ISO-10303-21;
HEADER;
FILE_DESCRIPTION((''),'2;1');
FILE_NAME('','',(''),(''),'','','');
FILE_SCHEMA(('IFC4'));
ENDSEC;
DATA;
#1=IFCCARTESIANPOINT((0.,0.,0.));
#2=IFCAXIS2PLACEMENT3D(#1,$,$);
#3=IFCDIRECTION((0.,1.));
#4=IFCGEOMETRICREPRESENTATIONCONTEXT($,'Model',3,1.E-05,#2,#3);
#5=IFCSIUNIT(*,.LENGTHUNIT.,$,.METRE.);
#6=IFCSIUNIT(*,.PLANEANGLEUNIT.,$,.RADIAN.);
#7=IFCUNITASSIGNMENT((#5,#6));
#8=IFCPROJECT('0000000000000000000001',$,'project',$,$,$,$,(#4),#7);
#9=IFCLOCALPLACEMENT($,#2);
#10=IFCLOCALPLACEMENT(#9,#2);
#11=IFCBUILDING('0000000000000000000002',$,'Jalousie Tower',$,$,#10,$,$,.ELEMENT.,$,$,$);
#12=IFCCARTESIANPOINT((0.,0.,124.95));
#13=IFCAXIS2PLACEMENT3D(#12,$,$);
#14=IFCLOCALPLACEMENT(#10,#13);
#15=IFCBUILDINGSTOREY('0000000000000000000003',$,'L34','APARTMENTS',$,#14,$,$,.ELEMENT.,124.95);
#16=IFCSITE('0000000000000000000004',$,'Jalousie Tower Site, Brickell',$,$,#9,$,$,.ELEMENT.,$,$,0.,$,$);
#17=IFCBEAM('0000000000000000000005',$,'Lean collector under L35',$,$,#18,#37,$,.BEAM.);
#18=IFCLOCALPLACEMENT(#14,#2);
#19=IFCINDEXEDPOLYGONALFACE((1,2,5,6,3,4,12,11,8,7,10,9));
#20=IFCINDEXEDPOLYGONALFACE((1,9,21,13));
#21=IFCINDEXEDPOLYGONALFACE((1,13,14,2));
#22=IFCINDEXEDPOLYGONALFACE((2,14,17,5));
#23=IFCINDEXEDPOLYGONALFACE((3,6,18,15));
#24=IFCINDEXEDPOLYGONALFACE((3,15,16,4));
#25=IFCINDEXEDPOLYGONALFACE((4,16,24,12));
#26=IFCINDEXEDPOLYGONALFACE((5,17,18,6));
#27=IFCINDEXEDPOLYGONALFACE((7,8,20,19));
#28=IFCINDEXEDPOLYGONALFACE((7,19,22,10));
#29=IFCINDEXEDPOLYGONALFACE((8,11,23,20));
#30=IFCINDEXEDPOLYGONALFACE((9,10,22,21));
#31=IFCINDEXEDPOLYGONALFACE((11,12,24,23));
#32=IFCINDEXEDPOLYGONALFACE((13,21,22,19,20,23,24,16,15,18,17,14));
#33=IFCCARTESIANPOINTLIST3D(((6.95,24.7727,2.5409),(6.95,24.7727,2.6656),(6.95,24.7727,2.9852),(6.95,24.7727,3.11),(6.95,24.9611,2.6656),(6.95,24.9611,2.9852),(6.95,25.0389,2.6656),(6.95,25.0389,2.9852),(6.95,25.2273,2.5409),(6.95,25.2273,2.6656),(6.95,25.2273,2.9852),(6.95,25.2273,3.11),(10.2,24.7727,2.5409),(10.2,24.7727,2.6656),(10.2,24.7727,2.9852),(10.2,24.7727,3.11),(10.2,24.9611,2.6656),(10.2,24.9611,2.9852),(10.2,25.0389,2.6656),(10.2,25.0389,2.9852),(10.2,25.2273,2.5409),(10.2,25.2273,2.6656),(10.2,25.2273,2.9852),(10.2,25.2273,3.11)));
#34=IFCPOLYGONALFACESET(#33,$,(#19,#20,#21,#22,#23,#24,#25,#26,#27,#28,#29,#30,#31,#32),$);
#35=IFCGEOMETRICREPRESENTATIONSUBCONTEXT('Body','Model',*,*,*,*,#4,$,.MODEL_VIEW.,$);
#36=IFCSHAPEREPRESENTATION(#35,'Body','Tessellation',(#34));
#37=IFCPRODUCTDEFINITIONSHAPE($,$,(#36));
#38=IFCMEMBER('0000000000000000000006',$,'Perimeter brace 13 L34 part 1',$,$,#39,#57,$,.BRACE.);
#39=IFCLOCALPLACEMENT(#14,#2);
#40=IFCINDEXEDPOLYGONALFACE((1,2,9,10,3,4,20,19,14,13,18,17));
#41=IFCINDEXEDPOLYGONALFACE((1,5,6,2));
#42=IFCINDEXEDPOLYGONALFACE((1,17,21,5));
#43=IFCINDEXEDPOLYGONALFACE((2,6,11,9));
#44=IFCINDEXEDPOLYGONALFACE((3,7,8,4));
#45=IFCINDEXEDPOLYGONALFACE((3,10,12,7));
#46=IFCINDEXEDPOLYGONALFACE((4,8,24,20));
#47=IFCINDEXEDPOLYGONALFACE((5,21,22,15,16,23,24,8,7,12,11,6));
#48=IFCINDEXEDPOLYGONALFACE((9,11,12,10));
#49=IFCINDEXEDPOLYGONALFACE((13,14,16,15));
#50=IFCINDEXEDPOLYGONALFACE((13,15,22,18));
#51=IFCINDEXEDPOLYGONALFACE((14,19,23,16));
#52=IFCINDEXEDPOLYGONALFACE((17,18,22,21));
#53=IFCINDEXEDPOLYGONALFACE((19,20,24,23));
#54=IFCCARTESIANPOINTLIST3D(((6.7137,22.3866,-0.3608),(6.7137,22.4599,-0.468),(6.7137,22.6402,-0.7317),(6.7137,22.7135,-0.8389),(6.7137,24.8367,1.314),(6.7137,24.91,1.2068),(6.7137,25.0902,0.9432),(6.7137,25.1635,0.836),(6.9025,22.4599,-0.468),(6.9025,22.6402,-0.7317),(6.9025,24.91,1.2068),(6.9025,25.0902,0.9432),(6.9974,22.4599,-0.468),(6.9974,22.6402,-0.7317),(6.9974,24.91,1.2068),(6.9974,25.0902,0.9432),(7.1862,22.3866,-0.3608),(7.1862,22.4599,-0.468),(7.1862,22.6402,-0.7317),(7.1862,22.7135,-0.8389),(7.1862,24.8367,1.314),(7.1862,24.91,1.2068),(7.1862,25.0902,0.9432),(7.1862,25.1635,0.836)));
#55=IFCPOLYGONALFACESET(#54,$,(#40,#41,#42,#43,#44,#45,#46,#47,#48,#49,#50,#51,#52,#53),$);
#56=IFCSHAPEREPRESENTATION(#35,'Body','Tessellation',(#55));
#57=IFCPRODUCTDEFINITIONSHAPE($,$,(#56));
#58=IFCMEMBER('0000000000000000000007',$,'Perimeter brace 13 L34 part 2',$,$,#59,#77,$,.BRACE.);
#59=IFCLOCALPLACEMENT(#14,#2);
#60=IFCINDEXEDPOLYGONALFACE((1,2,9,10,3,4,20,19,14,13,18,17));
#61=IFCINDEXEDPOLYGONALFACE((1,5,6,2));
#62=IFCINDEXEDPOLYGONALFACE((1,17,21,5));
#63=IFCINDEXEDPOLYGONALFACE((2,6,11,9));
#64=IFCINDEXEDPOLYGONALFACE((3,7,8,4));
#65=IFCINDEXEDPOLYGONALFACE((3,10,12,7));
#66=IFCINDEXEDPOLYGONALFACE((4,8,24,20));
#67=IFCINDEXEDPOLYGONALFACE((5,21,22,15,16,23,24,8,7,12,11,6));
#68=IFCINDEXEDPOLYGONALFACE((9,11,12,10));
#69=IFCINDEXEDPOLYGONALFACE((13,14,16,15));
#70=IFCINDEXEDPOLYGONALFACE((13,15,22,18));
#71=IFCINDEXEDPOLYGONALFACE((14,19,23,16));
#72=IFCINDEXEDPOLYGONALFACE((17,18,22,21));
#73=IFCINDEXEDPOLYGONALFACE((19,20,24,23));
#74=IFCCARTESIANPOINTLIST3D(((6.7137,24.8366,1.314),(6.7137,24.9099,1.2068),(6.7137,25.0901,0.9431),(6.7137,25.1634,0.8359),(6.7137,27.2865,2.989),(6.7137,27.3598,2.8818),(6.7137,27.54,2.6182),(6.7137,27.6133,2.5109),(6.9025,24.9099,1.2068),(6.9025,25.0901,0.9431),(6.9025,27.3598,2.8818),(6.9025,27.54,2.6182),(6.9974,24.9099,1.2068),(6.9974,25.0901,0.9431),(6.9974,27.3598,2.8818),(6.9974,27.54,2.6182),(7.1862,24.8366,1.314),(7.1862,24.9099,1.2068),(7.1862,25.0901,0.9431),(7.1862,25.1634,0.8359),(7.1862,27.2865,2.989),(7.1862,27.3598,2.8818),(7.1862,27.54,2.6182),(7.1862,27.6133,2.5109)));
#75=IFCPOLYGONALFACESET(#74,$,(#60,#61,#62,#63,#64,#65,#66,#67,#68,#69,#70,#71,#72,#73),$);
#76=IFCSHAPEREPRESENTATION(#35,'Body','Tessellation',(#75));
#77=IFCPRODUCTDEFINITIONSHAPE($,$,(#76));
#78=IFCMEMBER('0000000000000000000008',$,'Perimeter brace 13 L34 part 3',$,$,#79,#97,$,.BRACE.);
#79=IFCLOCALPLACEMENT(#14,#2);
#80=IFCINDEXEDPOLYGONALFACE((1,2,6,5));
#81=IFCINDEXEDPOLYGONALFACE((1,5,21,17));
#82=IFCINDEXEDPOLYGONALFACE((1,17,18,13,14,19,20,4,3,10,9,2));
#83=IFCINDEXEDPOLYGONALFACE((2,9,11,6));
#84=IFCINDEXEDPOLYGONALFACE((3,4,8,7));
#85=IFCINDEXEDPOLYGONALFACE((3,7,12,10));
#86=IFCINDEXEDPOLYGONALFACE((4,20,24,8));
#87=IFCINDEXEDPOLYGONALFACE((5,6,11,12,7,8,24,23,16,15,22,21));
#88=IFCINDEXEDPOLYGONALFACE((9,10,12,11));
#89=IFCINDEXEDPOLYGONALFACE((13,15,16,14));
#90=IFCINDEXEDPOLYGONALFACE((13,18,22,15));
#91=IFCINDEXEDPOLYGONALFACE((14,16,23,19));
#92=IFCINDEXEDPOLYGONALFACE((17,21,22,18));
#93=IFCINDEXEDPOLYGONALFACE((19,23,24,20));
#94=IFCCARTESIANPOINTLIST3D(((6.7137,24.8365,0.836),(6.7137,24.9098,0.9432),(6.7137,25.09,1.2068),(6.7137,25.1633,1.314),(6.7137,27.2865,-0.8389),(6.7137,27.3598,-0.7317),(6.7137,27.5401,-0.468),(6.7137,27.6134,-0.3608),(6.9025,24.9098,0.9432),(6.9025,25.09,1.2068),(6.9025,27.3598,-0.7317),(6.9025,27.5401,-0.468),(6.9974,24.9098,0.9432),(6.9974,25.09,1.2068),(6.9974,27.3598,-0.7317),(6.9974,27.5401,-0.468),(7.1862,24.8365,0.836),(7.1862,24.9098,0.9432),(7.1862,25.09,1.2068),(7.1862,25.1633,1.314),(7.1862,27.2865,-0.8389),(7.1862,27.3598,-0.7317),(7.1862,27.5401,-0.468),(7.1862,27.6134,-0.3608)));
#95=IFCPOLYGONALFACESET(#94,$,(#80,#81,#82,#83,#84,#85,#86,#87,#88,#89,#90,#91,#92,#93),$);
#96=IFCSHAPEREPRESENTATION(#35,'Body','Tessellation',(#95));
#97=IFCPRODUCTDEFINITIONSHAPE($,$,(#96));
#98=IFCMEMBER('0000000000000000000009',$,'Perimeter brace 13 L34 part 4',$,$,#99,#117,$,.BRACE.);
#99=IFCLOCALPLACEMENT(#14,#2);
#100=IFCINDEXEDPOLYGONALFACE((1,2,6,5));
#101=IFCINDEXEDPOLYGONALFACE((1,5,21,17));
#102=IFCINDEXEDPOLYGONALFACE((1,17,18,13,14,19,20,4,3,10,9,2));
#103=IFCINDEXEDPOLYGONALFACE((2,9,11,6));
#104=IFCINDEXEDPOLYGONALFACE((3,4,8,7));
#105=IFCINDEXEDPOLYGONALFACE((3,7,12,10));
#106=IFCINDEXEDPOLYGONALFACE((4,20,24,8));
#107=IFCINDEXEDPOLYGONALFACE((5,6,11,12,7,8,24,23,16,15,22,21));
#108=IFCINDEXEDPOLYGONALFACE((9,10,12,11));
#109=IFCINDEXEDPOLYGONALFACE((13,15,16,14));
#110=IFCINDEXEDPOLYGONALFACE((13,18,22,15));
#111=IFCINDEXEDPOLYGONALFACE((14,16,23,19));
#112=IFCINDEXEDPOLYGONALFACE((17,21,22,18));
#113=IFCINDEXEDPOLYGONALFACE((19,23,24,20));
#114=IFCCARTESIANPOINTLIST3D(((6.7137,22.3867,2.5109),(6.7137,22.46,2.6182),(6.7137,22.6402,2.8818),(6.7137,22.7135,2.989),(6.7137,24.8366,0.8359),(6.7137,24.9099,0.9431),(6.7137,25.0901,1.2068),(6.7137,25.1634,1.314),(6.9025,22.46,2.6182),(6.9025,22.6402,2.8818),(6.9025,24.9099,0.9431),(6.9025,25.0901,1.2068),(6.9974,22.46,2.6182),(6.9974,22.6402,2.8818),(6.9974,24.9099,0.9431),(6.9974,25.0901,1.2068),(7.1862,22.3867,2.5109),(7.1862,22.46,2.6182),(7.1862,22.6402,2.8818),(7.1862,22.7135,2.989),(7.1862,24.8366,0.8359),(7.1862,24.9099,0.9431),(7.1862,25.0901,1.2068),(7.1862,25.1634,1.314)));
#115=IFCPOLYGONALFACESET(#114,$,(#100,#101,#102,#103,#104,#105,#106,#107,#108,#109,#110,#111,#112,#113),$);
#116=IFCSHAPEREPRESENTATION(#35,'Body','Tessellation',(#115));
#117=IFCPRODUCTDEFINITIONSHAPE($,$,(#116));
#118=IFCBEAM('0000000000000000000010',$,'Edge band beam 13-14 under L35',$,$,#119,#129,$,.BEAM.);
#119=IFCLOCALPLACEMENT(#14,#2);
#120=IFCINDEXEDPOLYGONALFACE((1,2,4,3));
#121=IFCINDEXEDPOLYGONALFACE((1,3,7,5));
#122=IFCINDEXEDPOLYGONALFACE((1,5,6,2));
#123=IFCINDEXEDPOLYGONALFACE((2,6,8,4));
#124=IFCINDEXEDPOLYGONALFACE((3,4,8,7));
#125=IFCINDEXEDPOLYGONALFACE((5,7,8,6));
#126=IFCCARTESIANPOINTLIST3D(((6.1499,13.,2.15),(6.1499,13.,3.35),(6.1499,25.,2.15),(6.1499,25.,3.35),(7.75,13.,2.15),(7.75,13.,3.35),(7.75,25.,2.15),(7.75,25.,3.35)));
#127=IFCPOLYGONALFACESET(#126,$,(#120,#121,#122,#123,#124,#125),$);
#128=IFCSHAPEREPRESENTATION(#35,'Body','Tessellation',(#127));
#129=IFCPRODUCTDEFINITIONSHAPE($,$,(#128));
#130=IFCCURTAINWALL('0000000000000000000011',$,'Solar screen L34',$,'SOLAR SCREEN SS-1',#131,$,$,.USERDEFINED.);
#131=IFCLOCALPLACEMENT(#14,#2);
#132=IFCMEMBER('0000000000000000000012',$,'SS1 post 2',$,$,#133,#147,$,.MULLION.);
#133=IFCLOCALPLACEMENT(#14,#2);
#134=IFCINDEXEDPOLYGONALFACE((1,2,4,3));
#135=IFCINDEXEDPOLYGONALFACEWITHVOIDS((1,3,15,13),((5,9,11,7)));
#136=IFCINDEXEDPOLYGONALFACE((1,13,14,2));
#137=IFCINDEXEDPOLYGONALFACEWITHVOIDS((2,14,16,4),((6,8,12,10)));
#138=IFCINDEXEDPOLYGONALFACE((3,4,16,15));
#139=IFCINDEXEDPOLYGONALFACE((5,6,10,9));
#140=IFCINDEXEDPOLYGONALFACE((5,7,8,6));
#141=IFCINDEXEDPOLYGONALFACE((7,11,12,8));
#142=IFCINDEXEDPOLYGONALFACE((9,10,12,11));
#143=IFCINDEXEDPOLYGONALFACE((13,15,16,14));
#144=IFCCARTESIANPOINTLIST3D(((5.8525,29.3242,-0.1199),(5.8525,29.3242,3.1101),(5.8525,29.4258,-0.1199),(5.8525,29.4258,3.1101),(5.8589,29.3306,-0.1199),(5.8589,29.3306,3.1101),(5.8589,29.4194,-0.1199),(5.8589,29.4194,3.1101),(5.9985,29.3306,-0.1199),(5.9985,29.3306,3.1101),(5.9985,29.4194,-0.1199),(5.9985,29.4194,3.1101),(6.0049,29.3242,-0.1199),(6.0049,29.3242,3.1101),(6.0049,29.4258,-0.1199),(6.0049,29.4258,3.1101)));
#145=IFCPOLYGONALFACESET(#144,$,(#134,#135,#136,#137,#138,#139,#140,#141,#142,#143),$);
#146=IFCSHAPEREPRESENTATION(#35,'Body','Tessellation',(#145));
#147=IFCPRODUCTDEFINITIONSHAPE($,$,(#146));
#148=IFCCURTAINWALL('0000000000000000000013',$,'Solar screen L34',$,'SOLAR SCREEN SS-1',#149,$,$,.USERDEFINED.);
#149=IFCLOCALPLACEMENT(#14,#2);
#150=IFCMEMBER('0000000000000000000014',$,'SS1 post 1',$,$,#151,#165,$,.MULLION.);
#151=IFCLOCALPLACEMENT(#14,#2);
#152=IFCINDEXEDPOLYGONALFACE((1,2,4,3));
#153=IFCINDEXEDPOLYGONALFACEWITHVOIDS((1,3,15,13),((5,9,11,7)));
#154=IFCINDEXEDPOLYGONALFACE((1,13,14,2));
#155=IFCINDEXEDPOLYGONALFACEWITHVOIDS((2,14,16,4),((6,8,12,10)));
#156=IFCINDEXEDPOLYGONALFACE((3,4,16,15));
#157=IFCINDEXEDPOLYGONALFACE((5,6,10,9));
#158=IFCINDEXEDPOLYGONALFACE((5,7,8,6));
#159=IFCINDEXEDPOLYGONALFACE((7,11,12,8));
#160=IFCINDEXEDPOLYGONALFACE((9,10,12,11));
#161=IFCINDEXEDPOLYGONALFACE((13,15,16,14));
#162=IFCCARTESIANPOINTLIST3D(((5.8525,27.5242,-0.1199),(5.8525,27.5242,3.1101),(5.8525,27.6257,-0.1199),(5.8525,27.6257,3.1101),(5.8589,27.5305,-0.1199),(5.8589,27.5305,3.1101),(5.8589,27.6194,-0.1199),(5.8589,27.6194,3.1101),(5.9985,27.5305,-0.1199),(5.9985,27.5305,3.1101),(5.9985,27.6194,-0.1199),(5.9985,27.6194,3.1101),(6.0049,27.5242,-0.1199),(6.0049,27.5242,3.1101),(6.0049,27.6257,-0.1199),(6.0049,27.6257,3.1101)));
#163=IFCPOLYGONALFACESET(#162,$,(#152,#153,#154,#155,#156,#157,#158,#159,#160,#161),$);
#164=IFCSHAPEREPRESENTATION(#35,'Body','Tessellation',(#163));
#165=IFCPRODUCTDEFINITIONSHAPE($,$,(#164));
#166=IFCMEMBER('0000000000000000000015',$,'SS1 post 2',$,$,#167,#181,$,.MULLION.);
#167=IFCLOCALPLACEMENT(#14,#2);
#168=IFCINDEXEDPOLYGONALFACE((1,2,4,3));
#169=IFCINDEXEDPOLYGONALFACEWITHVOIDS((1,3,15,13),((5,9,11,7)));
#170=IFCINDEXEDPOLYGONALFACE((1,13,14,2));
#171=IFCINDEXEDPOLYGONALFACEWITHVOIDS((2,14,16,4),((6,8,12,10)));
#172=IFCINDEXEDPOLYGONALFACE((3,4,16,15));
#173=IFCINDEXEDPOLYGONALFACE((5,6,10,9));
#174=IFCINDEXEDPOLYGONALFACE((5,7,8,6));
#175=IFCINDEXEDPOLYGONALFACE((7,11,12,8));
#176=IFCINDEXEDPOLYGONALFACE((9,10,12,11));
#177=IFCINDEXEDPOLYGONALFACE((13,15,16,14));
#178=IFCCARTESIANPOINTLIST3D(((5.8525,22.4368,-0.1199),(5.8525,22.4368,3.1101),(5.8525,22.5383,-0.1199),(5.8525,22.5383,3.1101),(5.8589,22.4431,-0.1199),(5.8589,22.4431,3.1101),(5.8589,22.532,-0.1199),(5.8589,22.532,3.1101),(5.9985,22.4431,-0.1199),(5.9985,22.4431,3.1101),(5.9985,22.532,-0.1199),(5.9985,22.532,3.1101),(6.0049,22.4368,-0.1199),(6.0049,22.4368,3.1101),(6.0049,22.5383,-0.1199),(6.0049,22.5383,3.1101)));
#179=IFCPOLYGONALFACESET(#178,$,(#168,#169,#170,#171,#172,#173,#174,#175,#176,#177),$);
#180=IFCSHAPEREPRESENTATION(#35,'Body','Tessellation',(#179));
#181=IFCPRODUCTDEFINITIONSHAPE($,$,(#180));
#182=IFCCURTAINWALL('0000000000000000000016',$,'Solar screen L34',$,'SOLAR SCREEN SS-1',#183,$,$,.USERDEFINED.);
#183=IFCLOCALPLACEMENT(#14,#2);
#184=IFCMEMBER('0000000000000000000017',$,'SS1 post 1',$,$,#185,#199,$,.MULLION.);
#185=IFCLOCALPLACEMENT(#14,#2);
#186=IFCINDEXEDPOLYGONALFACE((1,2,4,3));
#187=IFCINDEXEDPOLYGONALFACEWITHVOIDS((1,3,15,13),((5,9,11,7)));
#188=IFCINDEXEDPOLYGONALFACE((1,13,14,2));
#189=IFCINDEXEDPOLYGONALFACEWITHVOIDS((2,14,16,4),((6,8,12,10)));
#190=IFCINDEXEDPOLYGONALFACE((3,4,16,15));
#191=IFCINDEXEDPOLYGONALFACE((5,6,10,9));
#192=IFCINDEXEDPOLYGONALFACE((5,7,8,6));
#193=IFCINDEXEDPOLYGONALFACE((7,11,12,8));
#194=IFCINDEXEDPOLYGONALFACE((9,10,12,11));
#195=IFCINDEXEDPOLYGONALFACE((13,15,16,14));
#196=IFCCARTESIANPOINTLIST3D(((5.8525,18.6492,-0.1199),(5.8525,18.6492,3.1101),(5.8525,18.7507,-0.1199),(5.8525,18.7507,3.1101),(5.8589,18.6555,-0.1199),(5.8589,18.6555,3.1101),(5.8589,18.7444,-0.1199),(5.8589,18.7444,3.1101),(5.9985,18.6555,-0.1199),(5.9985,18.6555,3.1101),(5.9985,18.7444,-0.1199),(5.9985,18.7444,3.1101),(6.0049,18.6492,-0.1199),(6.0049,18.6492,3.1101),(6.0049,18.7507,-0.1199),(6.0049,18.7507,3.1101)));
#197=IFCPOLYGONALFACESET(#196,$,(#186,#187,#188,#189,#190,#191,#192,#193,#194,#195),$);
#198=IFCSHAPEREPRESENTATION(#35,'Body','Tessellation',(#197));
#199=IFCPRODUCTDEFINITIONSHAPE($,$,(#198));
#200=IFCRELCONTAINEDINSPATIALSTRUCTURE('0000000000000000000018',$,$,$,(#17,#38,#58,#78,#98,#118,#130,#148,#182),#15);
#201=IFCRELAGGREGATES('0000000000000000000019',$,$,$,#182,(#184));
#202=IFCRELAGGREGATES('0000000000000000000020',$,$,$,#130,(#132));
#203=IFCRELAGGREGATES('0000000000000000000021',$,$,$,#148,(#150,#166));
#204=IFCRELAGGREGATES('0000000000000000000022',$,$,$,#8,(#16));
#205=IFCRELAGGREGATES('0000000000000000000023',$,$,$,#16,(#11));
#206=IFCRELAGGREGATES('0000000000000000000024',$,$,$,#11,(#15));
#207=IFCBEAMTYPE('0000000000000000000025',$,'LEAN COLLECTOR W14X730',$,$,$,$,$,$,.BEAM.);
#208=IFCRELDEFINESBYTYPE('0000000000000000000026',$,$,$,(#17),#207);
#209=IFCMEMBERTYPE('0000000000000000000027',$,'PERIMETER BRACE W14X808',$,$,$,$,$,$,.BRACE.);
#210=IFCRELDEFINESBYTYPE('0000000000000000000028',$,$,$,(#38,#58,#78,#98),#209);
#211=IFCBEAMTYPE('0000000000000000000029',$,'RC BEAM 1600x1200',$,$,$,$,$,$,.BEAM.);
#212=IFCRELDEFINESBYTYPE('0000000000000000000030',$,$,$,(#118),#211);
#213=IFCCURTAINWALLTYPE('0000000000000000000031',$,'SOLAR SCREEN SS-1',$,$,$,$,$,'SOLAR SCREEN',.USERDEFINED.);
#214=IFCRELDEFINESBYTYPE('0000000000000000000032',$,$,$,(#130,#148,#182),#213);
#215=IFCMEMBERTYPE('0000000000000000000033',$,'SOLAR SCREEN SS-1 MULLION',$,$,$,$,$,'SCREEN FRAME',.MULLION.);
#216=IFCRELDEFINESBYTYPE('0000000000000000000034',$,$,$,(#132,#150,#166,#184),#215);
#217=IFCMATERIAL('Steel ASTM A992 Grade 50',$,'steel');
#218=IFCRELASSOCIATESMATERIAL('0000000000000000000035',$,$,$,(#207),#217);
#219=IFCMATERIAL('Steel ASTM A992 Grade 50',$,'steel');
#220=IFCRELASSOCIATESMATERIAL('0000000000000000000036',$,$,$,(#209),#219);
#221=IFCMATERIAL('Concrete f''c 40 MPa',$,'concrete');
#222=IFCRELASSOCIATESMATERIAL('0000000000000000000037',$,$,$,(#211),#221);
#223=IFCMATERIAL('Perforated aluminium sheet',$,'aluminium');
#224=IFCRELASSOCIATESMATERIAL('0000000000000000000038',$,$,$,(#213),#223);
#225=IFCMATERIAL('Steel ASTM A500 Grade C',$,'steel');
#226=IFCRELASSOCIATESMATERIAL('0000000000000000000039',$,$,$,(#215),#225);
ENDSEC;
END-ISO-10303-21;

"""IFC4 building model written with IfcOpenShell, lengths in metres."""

from ifc_helpers import new_model, si_unit, direction, frame, origin, origin_2d, place, context, subcontext, project, spatial, rectangle, hollow_rectangle, i_section, extrude, material, material_profile, profile_set, type_object, element, aggregate, save


model = new_model("IFC4")

# Units and contexts
model_context = context("Model", 3, precision=1e-05, world=origin(), true_north=direction((0.0, 1.0)))
body_context = subcontext(model_context, "Body", "Model", "MODEL_VIEW")
ifc_project = project(units=[si_unit("LENGTHUNIT", "METRE"), si_unit("PLANEANGLEUNIT", "RADIAN")], contexts=[model_context])

# Site, building, storey
site_placement = place(None, origin())
site = spatial("IfcSite", under=ifc_project, at=site_placement, Name="Jalousie Tower Site, Brickell", CompositionType="ELEMENT", RefElevation=0.0)
building_placement = place(site_placement, origin())
building = spatial("IfcBuilding", under=site, at=building_placement, Name="Jalousie Tower", CompositionType="ELEMENT")
storey_placement = place(building_placement, frame((0.0, 0.0, 124.95)))
storey = spatial("IfcBuildingStorey", under=building, at=storey_placement, Name="L34", Description="APARTMENTS", CompositionType="ELEMENT", Elevation=124.95)

# Beam
ifc_material_1 = material(Name="Steel ASTM A992 Grade 50", Category="steel")
ifc_material_profile_1 = material_profile(ifc_material_1, i_section(OverallWidth=0.4546, OverallDepth=0.5691, WebThickness=0.0779, FlangeThickness=0.1248, at=origin_2d()), Name="W14X730")
ifc_profile_set_1 = profile_set([ifc_material_profile_1], Name="Steel ASTM A992 Grade 50")
beam_type_1 = type_object("IfcBeamType", Name="LEAN COLLECTOR W14X730", PredefinedType="BEAM", material=ifc_profile_set_1)
beam_1_placement = place(storey_placement, frame((6.95, 25.0, 2.8254), z_axis=(1.0, 0.0, 0.0), x_axis=(0.0, 1.0, 0.0)))
element("IfcBeam", 1, at=beam_1_placement, inside=storey, type_object=beam_type_1, Name="Lean collector under L35", PredefinedType="BEAM", context=body_context, shape_type="SweptSolid", body=[
    extrude(i_section(OverallWidth=0.4546, OverallDepth=0.5691, WebThickness=0.0779, FlangeThickness=0.1248, at=origin_2d()), origin(), (0.0, 0.0, 1.0), 3.25),
])

# Members
ifc_material_2 = material(Name="Steel ASTM A992 Grade 50", Category="steel")
ifc_material_profile_2 = material_profile(ifc_material_2, i_section(OverallWidth=0.4724, OverallDepth=0.5791, WebThickness=0.095, FlangeThickness=0.1299, at=origin_2d()), Name="W14X808")
ifc_profile_set_2 = profile_set([ifc_material_profile_2], Name="Steel ASTM A992 Grade 50")
member_type_1 = type_object("IfcMemberType", Name="PERIMETER BRACE W14X808", PredefinedType="BRACE", material=ifc_profile_set_2)
for number, where, z_axis, x_axis, name in (
    (2, (6.95, 22.55, -0.5999), (0.0, 0.825539, 0.564345), (-1.0, 0.0, 0.0), "Perimeter brace 13 L34 part 1"),
    (3, (6.95, 25.0, 1.075), (0.0, 0.825501, 0.564401), (-1.0, 0.0, 0.0), "Perimeter brace 13 L34 part 2"),
    (4, (6.95, 27.45, -0.5999), (0.0, -0.825539, 0.564345), (1.0, 0.0, 0.0), "Perimeter brace 13 L34 part 3"),
    (5, (6.95, 25.0, 1.075), (0.0, -0.825501, 0.564401), (1.0, 0.0, 0.0), "Perimeter brace 13 L34 part 4"),
):
    element("IfcMember", number, at=place(storey_placement, frame(where, z_axis=z_axis, x_axis=x_axis)), inside=storey, type_object=member_type_1, Name=name, PredefinedType="BRACE", context=body_context, shape_type="SweptSolid", body=[
        extrude(i_section(OverallWidth=0.4724, OverallDepth=0.5791, WebThickness=0.095, FlangeThickness=0.1299, at=origin_2d()), origin(), (0.0, 0.0, 1.0), 2.9678),
    ])

# Beam
ifc_material_3 = material(Name="Concrete f'c 40 MPa", Category="concrete")
ifc_material_profile_3 = material_profile(ifc_material_3, rectangle(XDim=1.6001, YDim=1.2, at=origin_2d()), Name="RC 1600x1200")
ifc_profile_set_3 = profile_set([ifc_material_profile_3], Name="Concrete f'c 40 MPa")
beam_type_2 = type_object("IfcBeamType", Name="RC BEAM 1600x1200", PredefinedType="BEAM", material=ifc_profile_set_3)
beam_2_placement = place(storey_placement, frame((6.95, 25.0, 2.75), z_axis=(0.0, -1.0, 0.0), x_axis=(1.0, 0.0, 0.0)))
element("IfcBeam", 6, at=beam_2_placement, inside=storey, type_object=beam_type_2, Name="Edge band beam 13-14 under L35", PredefinedType="BEAM", context=body_context, shape_type="SweptSolid", body=[
    extrude(rectangle(XDim=1.6001, YDim=1.2, at=origin_2d()), origin(), (0.0, 0.0, 1.0), 12.0),
])

# Curtain wall, member
ifc_material_4 = material(Name="Perforated aluminium sheet", Category="aluminium")
curtain_wall_type = type_object("IfcCurtainWallType", Name="SOLAR SCREEN SS-1", ElementType="SOLAR SCREEN", PredefinedType="USERDEFINED", material=ifc_material_4)
curtain_wall_1_placement = place(storey_placement, origin())
curtain_wall_1 = element("IfcCurtainWall", 7, at=curtain_wall_1_placement, inside=storey, type_object=curtain_wall_type, Name="Solar screen L34", ObjectType="SOLAR SCREEN SS-1", PredefinedType="USERDEFINED")
ifc_material_5 = material(Name="Steel ASTM A500 Grade C", Category="steel")
ifc_material_profile_4 = material_profile(ifc_material_5, hollow_rectangle(XDim=0.1016, YDim=0.1523, WallThickness=0.0063, at=origin_2d()), Name="HSS6X4X1/4")
ifc_profile_set_4 = profile_set([ifc_material_profile_4], Name="Steel ASTM A500 Grade C")
member_type_2 = type_object("IfcMemberType", Name="SOLAR SCREEN SS-1 MULLION", ElementType="SCREEN FRAME", PredefinedType="MULLION", material=ifc_profile_set_4)
member_1_placement = place(storey_placement, frame((5.9287, 29.375, -0.1199), z_axis=(0.0, 0.0, 1.0), x_axis=(0.0, -1.0, 0.0)))
member_1 = element("IfcMember", 8, at=member_1_placement, type_object=member_type_2, Name="SS1 post 2", PredefinedType="MULLION", context=body_context, shape_type="SweptSolid", body=[
    extrude(hollow_rectangle(XDim=0.1016, YDim=0.1523, WallThickness=0.0063, at=origin_2d()), origin(), (0.0, 0.0, 1.0), 3.23),
])

# Curtain wall, members
curtain_wall_2_placement = place(storey_placement, origin())
curtain_wall_2 = element("IfcCurtainWall", 9, at=curtain_wall_2_placement, inside=storey, type_object=curtain_wall_type, Name="Solar screen L34", ObjectType="SOLAR SCREEN SS-1", PredefinedType="USERDEFINED")
member_2_placement = place(storey_placement, frame((5.9287, 27.575, -0.1199), z_axis=(0.0, 0.0, 1.0), x_axis=(0.0, -1.0, 0.0)))
member_2 = element("IfcMember", 10, at=member_2_placement, type_object=member_type_2, Name="SS1 post 1", PredefinedType="MULLION", context=body_context, shape_type="SweptSolid", body=[
    extrude(hollow_rectangle(XDim=0.1016, YDim=0.1523, WallThickness=0.0063, at=origin_2d()), origin(), (0.0, 0.0, 1.0), 3.23),
])
member_3_placement = place(storey_placement, frame((5.9287, 22.4875, -0.1199), z_axis=(0.0, 0.0, 1.0), x_axis=(0.0, -1.0, 0.0)))
member_3 = element("IfcMember", 11, at=member_3_placement, type_object=member_type_2, Name="SS1 post 2", PredefinedType="MULLION", context=body_context, shape_type="SweptSolid", body=[
    extrude(hollow_rectangle(XDim=0.1016, YDim=0.1523, WallThickness=0.0063, at=origin_2d()), origin(), (0.0, 0.0, 1.0), 3.23),
])

# Curtain wall, member
curtain_wall_3_placement = place(storey_placement, origin())
curtain_wall_3 = element("IfcCurtainWall", 12, at=curtain_wall_3_placement, inside=storey, type_object=curtain_wall_type, Name="Solar screen L34", ObjectType="SOLAR SCREEN SS-1", PredefinedType="USERDEFINED")
member_4_placement = place(storey_placement, frame((5.9287, 18.7, -0.1199), z_axis=(0.0, 0.0, 1.0), x_axis=(0.0, -1.0, 0.0)))
member_4 = element("IfcMember", 13, at=member_4_placement, type_object=member_type_2, Name="SS1 post 1", PredefinedType="MULLION", context=body_context, shape_type="SweptSolid", body=[
    extrude(hollow_rectangle(XDim=0.1016, YDim=0.1523, WallThickness=0.0063, at=origin_2d()), origin(), (0.0, 0.0, 1.0), 3.23),
])

aggregate(curtain_wall_3, [member_4])

aggregate(curtain_wall_1, [member_1])
aggregate(curtain_wall_2, [member_2, member_3])

save(model, "model.ifc")
